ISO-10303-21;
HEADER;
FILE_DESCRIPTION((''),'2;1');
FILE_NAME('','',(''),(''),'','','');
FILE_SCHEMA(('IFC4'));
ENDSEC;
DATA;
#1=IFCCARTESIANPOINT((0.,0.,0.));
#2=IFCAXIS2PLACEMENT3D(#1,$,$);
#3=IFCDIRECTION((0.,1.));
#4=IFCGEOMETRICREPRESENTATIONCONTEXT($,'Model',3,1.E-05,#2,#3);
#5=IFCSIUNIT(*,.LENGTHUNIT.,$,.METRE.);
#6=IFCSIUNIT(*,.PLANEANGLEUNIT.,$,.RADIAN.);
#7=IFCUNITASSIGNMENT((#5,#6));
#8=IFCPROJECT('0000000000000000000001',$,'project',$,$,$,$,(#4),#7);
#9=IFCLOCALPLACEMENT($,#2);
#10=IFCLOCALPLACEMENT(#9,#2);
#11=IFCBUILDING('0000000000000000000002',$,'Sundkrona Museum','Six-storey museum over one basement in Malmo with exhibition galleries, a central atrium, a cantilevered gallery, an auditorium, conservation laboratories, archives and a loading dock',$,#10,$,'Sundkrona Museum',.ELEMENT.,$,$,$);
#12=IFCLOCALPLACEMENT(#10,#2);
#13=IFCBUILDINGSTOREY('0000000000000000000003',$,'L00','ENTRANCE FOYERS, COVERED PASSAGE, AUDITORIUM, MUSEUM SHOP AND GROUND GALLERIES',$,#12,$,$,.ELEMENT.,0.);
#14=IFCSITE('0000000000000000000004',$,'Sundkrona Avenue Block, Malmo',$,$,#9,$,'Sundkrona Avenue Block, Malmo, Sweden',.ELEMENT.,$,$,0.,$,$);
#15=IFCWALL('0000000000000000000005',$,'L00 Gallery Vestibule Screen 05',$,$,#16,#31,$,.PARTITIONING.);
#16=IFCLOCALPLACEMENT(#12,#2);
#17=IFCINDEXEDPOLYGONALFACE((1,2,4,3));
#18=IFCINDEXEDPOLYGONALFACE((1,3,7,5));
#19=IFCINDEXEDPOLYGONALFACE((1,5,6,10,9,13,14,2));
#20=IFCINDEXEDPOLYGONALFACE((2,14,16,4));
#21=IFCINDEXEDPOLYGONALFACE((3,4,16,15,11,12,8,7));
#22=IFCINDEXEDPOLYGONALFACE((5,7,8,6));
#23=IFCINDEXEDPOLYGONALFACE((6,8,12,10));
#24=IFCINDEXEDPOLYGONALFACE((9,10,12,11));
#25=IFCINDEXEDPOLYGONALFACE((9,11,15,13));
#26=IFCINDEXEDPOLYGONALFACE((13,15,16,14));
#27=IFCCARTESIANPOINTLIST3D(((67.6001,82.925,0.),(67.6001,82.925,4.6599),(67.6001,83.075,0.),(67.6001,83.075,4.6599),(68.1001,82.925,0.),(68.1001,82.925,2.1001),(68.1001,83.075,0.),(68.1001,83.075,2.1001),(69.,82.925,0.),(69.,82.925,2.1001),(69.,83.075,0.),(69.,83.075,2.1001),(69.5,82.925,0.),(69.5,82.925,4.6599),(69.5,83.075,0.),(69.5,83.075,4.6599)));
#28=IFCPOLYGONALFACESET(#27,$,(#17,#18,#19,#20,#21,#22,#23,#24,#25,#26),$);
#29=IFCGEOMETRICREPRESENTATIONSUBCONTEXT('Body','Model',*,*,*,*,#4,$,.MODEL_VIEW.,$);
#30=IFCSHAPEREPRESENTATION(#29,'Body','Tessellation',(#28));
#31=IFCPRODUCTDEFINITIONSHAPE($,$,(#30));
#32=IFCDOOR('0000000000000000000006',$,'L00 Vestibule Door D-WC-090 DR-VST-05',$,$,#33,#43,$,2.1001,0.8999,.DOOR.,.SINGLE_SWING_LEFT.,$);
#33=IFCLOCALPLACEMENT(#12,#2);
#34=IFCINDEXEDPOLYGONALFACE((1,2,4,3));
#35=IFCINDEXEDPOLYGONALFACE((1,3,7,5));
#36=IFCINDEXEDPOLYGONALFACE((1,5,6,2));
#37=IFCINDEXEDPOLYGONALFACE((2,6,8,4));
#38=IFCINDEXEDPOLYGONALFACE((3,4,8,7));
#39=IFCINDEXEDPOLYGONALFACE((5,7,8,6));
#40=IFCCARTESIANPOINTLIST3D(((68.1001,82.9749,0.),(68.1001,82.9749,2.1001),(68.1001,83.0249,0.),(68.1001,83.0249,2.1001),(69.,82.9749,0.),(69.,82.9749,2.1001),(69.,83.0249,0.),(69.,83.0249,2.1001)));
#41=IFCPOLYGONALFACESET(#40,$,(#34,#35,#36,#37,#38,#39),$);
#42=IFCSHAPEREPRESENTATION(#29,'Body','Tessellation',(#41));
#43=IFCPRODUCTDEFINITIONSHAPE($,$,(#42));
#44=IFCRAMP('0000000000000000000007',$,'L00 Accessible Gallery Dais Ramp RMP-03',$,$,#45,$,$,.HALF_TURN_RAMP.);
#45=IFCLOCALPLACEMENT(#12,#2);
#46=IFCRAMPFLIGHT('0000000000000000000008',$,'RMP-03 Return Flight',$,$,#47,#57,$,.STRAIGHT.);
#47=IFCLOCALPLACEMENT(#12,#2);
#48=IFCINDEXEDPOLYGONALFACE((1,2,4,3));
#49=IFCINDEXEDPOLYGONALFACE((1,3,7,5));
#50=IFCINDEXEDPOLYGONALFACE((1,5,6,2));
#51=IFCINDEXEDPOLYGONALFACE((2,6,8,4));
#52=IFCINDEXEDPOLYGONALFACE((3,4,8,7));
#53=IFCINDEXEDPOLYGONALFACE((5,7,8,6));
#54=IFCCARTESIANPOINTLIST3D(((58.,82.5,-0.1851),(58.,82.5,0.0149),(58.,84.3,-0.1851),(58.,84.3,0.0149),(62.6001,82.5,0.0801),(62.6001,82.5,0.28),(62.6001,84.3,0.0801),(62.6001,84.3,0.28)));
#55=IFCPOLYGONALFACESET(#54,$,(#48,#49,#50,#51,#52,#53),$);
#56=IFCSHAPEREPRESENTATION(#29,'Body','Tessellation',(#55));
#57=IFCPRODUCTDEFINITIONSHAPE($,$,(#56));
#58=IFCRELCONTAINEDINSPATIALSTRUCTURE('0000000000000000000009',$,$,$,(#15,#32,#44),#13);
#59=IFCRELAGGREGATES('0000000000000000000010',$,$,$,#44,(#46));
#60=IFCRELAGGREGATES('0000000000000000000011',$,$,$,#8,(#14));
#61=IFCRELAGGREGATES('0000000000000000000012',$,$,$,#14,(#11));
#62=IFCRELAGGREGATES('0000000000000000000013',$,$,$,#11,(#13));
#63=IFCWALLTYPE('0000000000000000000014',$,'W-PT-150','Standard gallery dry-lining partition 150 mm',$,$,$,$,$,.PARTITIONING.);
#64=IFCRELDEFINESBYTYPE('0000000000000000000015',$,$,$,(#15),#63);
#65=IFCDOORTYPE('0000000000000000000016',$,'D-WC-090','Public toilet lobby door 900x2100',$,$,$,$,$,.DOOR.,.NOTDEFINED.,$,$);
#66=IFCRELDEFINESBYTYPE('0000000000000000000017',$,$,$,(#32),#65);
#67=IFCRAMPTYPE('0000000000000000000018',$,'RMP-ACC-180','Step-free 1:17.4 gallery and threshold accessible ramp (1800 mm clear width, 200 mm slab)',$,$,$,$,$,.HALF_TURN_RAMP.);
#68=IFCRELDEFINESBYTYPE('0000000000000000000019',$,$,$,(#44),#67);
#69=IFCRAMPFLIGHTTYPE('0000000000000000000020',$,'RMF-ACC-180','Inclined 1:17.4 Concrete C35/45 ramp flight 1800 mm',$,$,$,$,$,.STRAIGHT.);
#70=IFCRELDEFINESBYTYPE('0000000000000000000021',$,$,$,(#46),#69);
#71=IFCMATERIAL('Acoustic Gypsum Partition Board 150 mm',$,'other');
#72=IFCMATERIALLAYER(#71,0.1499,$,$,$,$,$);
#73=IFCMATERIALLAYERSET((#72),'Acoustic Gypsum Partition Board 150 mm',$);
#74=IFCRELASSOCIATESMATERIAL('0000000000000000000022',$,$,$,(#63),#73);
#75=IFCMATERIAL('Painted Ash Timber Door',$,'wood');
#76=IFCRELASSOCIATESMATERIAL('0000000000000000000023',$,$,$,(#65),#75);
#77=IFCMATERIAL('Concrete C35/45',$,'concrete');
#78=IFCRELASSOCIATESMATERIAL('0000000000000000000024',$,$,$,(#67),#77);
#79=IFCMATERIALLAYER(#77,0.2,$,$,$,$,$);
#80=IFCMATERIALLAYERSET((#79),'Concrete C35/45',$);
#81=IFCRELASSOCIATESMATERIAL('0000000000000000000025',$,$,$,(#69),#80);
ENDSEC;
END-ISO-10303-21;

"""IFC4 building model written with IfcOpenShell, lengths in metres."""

from ifc_helpers import new_model, si_unit, direction, frame, frame_2d, origin, place, context, subcontext, project, spatial, polyline, rectangle, outline, extrude, material, layer, layer_set, type_object, element, fill, aggregate, save


model = new_model("IFC4")

# Units and contexts
model_context = context("Model", 3, precision=1e-05, world=origin(), true_north=direction((0.0, 1.0)))
body_context = subcontext(model_context, "Body", "Model", "MODEL_VIEW")
ifc_project = project(units=[si_unit("LENGTHUNIT", "METRE"), si_unit("PLANEANGLEUNIT", "RADIAN")], contexts=[model_context])

# Site, building, storey
site_placement = place(None, origin())
site = spatial("IfcSite", under=ifc_project, at=site_placement, Name="Sundkrona Avenue Block, Malmo", LongName="Sundkrona Avenue Block, Malmo, Sweden", CompositionType="ELEMENT", RefElevation=0.0)
building_placement = place(site_placement, origin())
building = spatial("IfcBuilding", under=site, at=building_placement, Name="Sundkrona Museum", Description="Six-storey museum over one basement in Malmo with exhibition galleries, a central atrium, a cantilevered gallery, an auditorium, conservation laboratories, archives and a loading dock", LongName="Sundkrona Museum", CompositionType="ELEMENT")
storey_placement = place(building_placement, origin())
storey = spatial("IfcBuildingStorey", under=building, at=storey_placement, Name="L00", Description="ENTRANCE FOYERS, COVERED PASSAGE, AUDITORIUM, MUSEUM SHOP AND GROUND GALLERIES", CompositionType="ELEMENT", Elevation=0.0)

# Wall, opening, door
ifc_material_1 = material(Name="Acoustic Gypsum Partition Board 150 mm", Category="other")
ifc_layer_1 = layer(ifc_material_1, 0.1499)
ifc_layer_set_1 = layer_set([ifc_layer_1], Name="Acoustic Gypsum Partition Board 150 mm")
wall_type_1 = type_object("IfcWallType", Name="W-PT-150", Description="Standard gallery dry-lining partition 150 mm", PredefinedType="PARTITIONING", material=ifc_layer_set_1)
wall_1_placement = place(storey_placement, frame((67.6001, 83.0, 0.0), z_axis=(0.0, 0.0, 1.0), x_axis=(1.0, 0.0, 0.0)))
wall_1 = element("IfcWall", 1, at=wall_1_placement, inside=storey, type_object=wall_type_1, Name="L00 Gallery Vestibule Screen 05", PredefinedType="PARTITIONING", context=body_context, shape_type="SweptSolid", body=[
    extrude(rectangle(XDim=1.8999, YDim=0.1499, at=frame_2d((0.95, 0.0))), origin(), (0.0, 0.0, 1.0), 4.6599),
])
opening_1_placement = place(wall_1_placement, frame((0.5, 0.0, 0.0)))
opening_1 = element("IfcOpeningElement", 2, at=opening_1_placement, cuts=wall_1, PredefinedType="OPENING", context=body_context, shape_type="SweptSolid", body=[
    extrude(rectangle(XDim=0.8999, YDim=2.1001, at=frame_2d((0.45, 1.05))), frame((0.0, 0.085, 0.0), z_axis=(0.0, -1.0, 0.0), x_axis=(1.0, 0.0, 0.0)), (0.0, 0.0, 1.0), 0.1699),
])
ifc_material_2 = material(Name="Painted Ash Timber Door", Category="wood")
door_type = type_object("IfcDoorType", Name="D-WC-090", Description="Public toilet lobby door 900x2100", OperationType="NOTDEFINED", PredefinedType="DOOR", material=ifc_material_2)
door_placement = place(opening_1_placement, origin())
door = element("IfcDoor", 3, at=door_placement, inside=storey, type_object=door_type, Name="L00 Vestibule Door D-WC-090 DR-VST-05", OperationType="SINGLE_SWING_LEFT", OverallHeight=2.1001, OverallWidth=0.8999, PredefinedType="DOOR", context=body_context, shape_type="SweptSolid", body=[
    extrude(rectangle(XDim=0.8999, YDim=2.1001, at=frame_2d((0.45, 1.05))), frame((0.0, 0.0249, 0.0), z_axis=(0.0, -1.0, 0.0), x_axis=(1.0, 0.0, 0.0)), (0.0, 0.0, 1.0), 0.05),
])
fill(opening_1, door)

# Ramp, ramp flight
ifc_material_3 = material(Name="Concrete C35/45", Category="concrete")
ramp_type = type_object("IfcRampType", Name="RMP-ACC-180", Description="Step-free 1:17.4 gallery and threshold accessible ramp (1800 mm clear width, 200 mm slab)", PredefinedType="HALF_TURN_RAMP", material=ifc_material_3)
ramp_placement = place(storey_placement, origin())
ramp = element("IfcRamp", 4, at=ramp_placement, inside=storey, type_object=ramp_type, Name="L00 Accessible Gallery Dais Ramp RMP-03", PredefinedType="HALF_TURN_RAMP")
ifc_layer_2 = layer(ifc_material_3, 0.2)
ifc_layer_set_2 = layer_set([ifc_layer_2], Name="Concrete C35/45")
ramp_flight_type = type_object("IfcRampFlightType", Name="RMF-ACC-180", Description="Inclined 1:17.4 Concrete C35/45 ramp flight 1800 mm", PredefinedType="STRAIGHT", material=ifc_layer_set_2)
ramp_flight_placement = place(storey_placement, frame((62.6001, 83.3999, 0.28), z_axis=(0.0, 0.0, 1.0), x_axis=(-1.0, 0.0, 0.0)))
ramp_flight = element("IfcRampFlight", 5, at=ramp_flight_placement, type_object=ramp_flight_type, Name="RMP-03 Return Flight", PredefinedType="STRAIGHT", context=body_context, shape_type="SweptSolid", body=[
    extrude(outline(polyline([(0.0, -0.2), (4.6001, -0.4651), (4.6001, -0.2651), (0.0, 0.0), (0.0, -0.2)])), frame((0.0, 0.8999, 0.0), z_axis=(0.0, -1.0, 0.0), x_axis=(1.0, 0.0, 0.0)), (0.0, 0.0, 1.0), 1.8),
])
aggregate(ramp, [ramp_flight])

save(model, "model.ifc")
